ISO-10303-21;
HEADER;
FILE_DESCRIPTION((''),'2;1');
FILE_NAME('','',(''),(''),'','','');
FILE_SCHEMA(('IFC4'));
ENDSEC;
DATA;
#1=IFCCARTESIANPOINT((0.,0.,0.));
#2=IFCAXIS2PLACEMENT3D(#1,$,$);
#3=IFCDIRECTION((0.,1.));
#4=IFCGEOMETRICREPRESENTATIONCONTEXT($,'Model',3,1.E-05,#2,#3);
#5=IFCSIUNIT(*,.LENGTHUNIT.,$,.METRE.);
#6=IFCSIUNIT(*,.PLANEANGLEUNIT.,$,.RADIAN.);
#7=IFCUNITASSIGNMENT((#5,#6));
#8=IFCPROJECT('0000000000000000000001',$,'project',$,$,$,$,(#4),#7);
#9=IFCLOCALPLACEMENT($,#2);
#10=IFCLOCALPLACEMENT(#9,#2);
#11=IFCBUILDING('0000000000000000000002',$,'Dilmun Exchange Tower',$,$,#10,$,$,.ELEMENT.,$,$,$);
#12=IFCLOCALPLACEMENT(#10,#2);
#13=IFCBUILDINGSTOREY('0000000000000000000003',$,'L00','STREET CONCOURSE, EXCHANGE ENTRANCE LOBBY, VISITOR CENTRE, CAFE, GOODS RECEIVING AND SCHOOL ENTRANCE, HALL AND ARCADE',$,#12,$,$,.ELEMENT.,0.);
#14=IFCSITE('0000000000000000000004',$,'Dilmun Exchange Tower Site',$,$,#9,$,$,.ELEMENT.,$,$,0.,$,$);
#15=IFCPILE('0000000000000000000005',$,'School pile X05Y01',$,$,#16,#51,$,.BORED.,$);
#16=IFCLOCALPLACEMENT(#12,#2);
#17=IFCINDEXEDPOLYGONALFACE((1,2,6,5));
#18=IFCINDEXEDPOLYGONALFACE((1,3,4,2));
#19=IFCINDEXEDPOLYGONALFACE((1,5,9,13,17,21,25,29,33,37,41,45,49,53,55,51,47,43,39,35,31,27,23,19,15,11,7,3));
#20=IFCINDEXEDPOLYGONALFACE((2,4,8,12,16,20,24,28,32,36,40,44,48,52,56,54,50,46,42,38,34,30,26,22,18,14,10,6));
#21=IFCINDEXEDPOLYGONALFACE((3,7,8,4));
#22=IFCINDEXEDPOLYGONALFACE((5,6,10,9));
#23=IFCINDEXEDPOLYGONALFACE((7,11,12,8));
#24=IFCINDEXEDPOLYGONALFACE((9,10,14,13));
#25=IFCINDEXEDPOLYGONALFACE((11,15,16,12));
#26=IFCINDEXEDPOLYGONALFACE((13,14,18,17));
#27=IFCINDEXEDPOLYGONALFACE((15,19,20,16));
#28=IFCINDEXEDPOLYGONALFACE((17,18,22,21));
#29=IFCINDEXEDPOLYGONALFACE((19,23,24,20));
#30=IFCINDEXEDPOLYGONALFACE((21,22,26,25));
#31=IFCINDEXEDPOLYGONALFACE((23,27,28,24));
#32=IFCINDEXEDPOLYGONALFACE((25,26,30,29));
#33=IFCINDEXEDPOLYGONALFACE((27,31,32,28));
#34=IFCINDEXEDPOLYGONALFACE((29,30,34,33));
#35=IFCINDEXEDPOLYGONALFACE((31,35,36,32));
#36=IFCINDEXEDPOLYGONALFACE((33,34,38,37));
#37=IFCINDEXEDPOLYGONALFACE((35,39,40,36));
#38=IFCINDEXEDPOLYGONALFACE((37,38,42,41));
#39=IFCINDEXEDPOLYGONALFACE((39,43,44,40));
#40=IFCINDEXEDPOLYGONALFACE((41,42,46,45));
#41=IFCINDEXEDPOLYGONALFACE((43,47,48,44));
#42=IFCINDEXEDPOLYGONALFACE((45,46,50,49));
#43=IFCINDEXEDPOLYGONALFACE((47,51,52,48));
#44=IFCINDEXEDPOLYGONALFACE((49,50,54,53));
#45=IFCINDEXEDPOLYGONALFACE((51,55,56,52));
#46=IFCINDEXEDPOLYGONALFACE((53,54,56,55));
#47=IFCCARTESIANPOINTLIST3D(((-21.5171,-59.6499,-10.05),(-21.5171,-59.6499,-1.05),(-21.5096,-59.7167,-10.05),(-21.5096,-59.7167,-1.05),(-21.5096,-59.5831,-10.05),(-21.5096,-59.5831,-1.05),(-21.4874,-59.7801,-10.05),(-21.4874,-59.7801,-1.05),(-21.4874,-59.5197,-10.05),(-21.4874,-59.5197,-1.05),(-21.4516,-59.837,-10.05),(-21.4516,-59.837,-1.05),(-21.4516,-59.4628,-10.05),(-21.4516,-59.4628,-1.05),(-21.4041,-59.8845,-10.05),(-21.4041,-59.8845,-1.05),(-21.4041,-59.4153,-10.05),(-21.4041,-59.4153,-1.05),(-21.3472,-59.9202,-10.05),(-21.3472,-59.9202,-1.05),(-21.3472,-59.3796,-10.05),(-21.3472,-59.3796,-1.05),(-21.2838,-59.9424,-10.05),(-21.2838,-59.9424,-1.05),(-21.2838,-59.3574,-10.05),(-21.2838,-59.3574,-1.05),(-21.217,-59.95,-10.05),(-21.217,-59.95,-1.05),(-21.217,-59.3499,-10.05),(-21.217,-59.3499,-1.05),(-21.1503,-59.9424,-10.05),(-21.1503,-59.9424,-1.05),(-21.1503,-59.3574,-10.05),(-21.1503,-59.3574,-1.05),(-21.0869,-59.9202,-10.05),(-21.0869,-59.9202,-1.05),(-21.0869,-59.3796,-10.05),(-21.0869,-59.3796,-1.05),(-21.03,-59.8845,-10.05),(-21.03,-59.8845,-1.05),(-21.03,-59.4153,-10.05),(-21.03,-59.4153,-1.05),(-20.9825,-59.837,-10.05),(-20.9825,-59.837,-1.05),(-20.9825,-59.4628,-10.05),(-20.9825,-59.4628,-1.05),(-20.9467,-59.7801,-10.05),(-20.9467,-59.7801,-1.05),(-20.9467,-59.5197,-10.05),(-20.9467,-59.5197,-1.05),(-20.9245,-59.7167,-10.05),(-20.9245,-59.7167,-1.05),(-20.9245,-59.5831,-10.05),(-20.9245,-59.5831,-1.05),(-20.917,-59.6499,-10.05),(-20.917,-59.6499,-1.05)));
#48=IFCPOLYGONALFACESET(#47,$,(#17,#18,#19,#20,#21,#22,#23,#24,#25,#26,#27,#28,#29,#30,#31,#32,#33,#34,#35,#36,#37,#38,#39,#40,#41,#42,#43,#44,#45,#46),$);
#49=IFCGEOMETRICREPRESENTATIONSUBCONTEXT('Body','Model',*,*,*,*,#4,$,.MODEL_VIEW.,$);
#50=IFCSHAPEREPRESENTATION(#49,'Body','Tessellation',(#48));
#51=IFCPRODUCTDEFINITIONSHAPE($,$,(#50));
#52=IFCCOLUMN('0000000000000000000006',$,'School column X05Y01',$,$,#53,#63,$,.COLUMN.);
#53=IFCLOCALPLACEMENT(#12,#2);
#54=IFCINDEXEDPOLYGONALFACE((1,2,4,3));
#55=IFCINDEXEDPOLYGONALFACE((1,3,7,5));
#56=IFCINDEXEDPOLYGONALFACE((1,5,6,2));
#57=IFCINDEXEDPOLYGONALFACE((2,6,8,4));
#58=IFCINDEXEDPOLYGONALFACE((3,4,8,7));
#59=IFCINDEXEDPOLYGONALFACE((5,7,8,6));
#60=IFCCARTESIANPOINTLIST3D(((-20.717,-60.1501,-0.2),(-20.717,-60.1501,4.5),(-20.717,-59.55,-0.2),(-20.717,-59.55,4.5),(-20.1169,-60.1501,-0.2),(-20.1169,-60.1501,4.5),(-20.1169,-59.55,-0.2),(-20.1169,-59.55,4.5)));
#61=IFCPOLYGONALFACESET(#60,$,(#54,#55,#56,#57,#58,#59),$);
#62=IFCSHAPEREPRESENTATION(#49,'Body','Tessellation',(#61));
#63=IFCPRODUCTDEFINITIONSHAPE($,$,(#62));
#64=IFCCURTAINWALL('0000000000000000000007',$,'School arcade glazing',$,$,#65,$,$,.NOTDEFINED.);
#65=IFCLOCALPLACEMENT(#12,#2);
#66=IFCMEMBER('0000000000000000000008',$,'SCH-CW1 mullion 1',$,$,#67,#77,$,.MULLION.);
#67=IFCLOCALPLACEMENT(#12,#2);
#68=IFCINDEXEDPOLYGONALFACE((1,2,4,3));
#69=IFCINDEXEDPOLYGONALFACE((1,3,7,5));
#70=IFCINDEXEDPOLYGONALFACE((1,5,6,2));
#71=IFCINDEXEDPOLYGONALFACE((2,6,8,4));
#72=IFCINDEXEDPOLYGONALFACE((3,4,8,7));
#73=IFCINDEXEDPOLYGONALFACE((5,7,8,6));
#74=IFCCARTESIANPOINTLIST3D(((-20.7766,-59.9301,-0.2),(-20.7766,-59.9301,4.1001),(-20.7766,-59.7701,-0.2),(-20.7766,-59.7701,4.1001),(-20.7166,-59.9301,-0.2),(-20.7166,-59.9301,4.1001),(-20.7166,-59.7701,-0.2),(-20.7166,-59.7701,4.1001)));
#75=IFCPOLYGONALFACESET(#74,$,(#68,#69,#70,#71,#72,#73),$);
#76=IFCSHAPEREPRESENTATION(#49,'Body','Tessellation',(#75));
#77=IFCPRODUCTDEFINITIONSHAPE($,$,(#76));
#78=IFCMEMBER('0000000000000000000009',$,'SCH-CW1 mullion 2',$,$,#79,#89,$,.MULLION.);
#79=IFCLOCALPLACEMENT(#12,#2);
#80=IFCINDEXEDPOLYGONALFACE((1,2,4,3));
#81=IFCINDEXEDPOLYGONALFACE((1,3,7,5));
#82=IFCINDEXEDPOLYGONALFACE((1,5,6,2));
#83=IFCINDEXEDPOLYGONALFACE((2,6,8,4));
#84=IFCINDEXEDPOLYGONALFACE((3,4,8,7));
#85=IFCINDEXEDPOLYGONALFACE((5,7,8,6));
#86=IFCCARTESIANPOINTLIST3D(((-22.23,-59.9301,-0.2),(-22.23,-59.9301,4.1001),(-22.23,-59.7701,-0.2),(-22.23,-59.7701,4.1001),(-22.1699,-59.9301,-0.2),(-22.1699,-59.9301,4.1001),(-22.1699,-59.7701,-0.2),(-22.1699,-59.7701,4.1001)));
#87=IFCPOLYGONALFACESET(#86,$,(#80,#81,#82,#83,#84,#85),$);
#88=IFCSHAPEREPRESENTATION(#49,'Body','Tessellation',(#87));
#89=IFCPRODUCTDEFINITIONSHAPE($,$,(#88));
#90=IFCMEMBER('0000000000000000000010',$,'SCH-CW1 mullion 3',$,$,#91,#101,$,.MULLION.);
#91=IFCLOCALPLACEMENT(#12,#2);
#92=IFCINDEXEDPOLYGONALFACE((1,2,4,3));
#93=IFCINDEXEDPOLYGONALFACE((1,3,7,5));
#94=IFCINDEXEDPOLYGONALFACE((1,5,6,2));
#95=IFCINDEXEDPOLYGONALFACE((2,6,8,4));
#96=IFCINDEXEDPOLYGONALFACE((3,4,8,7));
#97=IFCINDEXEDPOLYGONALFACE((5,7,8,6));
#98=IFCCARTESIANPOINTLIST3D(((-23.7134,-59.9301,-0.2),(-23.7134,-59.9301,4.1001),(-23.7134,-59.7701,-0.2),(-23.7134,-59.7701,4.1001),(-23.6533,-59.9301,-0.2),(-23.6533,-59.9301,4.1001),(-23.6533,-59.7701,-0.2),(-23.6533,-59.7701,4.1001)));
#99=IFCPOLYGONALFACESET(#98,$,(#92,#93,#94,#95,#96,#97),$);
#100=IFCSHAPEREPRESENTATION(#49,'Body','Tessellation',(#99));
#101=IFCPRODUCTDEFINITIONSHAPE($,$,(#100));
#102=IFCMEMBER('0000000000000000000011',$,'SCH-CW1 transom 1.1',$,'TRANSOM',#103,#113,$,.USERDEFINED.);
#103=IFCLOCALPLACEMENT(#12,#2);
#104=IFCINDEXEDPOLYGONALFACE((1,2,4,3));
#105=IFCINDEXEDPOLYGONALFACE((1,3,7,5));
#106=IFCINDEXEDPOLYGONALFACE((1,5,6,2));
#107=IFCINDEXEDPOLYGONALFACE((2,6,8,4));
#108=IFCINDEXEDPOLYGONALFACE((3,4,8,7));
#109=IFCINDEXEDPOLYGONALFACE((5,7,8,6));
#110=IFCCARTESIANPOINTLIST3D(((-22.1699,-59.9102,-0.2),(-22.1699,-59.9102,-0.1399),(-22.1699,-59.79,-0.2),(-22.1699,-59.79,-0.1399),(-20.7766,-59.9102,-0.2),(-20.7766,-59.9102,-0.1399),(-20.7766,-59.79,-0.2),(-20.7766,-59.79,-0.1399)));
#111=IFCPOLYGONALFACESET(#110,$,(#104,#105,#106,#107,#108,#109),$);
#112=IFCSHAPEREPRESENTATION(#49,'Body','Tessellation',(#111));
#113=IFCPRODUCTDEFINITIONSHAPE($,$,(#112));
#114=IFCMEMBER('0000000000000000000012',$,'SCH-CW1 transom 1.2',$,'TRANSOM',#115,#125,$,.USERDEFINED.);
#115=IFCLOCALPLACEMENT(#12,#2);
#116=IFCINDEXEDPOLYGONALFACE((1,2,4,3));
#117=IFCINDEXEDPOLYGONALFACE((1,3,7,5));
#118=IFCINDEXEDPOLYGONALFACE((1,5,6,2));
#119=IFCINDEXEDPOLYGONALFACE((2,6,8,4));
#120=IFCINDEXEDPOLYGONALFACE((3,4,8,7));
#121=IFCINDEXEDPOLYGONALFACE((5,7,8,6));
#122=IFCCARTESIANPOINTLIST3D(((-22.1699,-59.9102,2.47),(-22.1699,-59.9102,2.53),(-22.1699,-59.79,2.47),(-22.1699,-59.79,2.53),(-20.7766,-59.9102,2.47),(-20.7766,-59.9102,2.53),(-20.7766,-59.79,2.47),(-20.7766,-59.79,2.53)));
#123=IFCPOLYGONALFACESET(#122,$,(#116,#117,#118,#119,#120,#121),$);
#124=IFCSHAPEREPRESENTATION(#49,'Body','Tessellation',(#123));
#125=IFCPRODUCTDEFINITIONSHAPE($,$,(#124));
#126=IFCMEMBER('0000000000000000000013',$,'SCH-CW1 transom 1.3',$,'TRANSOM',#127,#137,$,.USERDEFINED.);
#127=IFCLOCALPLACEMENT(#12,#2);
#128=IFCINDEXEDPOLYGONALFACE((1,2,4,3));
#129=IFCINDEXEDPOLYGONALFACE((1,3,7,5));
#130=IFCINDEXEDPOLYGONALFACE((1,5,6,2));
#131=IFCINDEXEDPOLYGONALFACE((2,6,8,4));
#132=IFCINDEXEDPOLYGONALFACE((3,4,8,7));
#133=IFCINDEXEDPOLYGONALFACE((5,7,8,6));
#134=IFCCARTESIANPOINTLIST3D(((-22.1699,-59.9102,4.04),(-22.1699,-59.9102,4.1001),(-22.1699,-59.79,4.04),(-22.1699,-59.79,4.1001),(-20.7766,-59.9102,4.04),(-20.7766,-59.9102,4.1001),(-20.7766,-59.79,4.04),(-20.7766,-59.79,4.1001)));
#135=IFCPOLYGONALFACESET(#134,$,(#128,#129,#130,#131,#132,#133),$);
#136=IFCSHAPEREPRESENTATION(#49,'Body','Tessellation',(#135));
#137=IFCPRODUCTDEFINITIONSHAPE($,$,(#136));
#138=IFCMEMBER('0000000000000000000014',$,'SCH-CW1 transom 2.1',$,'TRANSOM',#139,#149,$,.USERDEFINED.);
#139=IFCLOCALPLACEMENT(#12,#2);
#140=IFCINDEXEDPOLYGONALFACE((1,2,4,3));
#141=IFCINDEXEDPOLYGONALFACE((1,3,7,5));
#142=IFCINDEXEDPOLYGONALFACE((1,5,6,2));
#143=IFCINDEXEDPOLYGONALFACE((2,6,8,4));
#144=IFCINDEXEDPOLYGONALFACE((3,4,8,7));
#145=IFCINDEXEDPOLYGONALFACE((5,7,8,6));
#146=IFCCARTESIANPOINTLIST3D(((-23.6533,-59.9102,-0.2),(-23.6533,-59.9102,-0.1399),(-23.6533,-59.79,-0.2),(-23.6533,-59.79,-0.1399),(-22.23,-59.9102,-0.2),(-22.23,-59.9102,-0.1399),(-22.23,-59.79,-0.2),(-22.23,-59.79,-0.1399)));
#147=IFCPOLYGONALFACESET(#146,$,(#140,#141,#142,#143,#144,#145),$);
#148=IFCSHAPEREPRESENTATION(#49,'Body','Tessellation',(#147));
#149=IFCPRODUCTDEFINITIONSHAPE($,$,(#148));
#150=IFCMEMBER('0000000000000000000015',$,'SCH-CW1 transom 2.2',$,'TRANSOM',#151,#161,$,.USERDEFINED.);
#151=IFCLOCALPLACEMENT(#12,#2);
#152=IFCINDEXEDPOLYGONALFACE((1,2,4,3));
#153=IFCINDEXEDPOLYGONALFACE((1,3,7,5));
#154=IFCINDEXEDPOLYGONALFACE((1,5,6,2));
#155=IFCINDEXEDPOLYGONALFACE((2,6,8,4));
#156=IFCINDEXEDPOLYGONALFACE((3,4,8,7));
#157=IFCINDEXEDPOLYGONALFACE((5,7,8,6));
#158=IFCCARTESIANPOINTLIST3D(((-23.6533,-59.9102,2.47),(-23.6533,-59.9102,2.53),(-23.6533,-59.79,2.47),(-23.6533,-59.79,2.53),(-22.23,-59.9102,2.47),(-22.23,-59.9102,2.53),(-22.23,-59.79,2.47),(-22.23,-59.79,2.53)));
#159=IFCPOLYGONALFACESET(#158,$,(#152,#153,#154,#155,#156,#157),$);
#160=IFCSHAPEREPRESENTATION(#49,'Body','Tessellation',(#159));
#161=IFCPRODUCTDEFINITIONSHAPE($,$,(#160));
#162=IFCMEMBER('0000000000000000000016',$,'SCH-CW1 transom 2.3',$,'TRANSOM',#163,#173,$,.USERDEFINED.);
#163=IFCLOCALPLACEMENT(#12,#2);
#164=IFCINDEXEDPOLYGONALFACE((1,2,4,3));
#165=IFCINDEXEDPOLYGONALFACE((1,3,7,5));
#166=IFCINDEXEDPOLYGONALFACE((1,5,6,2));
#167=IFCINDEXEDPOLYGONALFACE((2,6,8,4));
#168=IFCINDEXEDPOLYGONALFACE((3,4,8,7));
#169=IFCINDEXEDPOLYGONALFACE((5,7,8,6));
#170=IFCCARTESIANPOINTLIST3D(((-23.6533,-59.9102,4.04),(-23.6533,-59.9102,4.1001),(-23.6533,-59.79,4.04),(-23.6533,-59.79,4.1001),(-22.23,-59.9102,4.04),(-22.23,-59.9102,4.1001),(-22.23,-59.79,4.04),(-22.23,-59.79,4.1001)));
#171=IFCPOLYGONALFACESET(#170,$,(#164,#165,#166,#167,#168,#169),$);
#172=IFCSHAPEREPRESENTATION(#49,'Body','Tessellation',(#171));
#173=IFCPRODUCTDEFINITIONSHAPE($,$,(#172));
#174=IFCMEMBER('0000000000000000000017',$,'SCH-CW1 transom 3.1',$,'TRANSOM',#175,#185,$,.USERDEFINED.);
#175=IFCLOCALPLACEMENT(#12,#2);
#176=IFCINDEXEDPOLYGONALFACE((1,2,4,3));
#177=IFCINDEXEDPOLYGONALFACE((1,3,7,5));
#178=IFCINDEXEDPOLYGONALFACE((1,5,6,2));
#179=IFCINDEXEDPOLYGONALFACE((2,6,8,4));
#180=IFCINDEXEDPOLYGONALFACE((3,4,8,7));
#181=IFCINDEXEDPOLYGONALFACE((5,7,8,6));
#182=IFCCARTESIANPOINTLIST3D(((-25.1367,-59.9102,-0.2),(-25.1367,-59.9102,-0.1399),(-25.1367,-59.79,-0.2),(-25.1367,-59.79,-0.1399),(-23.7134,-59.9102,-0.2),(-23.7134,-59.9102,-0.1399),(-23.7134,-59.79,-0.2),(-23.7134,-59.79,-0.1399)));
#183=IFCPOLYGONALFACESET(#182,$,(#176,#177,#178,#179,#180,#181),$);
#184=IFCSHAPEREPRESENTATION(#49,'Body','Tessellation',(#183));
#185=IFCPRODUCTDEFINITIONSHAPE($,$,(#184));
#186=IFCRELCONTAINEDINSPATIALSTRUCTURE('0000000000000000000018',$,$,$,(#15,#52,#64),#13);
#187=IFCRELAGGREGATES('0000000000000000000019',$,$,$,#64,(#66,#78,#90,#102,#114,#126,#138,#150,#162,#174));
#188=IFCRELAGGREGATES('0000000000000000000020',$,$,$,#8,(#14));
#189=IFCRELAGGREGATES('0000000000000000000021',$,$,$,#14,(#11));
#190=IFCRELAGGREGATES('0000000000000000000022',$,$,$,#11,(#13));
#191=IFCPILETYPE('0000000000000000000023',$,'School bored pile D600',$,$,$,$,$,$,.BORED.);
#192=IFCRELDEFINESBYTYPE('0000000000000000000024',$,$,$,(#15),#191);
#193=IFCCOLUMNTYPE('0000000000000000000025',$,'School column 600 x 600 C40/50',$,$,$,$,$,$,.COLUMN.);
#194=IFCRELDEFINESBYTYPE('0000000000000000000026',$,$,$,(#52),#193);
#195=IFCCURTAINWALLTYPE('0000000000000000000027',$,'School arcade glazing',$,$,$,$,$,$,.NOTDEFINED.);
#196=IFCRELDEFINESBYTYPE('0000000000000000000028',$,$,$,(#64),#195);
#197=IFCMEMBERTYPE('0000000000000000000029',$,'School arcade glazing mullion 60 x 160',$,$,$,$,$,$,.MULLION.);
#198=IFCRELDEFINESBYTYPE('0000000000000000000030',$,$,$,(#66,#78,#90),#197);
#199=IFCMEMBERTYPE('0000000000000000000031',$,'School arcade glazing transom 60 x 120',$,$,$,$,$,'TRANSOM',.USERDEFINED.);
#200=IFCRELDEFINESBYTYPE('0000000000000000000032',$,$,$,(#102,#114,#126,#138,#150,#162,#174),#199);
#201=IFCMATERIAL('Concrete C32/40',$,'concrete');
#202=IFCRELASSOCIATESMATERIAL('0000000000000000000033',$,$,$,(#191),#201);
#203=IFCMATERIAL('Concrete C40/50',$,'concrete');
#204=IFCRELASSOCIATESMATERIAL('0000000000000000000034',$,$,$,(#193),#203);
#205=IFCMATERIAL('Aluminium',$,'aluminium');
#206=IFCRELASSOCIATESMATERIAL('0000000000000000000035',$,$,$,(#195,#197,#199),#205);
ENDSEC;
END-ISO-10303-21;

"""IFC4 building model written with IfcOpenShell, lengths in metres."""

from ifc_helpers import new_model, si_unit, direction, frame, origin, origin_2d, place, context, subcontext, project, spatial, rectangle, circle, extrude, material, material_profile, profile_set, type_object, element, aggregate, save


model = new_model("IFC4")

# Units and contexts
model_context = context("Model", 3, precision=1e-05, world=origin(), true_north=direction((0.0, 1.0)))
body_context = subcontext(model_context, "Body", "Model", "MODEL_VIEW")
ifc_project = project(units=[si_unit("LENGTHUNIT", "METRE"), si_unit("PLANEANGLEUNIT", "RADIAN")], contexts=[model_context])

# Site, building, storey
site_placement = place(None, origin())
site = spatial("IfcSite", under=ifc_project, at=site_placement, Name="Dilmun Exchange Tower Site", CompositionType="ELEMENT", RefElevation=0.0)
building_placement = place(site_placement, origin())
building = spatial("IfcBuilding", under=site, at=building_placement, Name="Dilmun Exchange Tower", CompositionType="ELEMENT")
storey_placement = place(building_placement, origin())
storey = spatial("IfcBuildingStorey", under=building, at=storey_placement, Name="L00", Description="STREET CONCOURSE, EXCHANGE ENTRANCE LOBBY, VISITOR CENTRE, CAFE, GOODS RECEIVING AND SCHOOL ENTRANCE, HALL AND ARCADE", CompositionType="ELEMENT", Elevation=0.0)

# Pile
ifc_material_1 = material(Name="Concrete C32/40", Category="concrete")
ifc_material_profile_1 = material_profile(ifc_material_1, circle(Radius=0.3, at=origin_2d()), Name="D600")
ifc_profile_set_1 = profile_set([ifc_material_profile_1], Name="Concrete C32/40")
pile_type = type_object("IfcPileType", Name="School bored pile D600", PredefinedType="BORED", material=ifc_profile_set_1)
pile_placement = place(storey_placement, frame((-21.217, -59.6499, -1.05), z_axis=(0.0, 0.0, -1.0), x_axis=(1.0, 0.0, 0.0)))
element("IfcPile", 1, at=pile_placement, inside=storey, type_object=pile_type, Name="School pile X05Y01", PredefinedType="BORED", context=body_context, shape_type="SweptSolid", body=[
    extrude(circle(Radius=0.3, at=origin_2d()), origin(), (0.0, 0.0, 1.0), 9.0),
])

# Column
ifc_material_2 = material(Name="Concrete C40/50", Category="concrete")
ifc_material_profile_2 = material_profile(ifc_material_2, rectangle(XDim=0.6001, YDim=0.6001, at=origin_2d()), Name="600 x 600")
ifc_profile_set_2 = profile_set([ifc_material_profile_2], Name="Concrete C40/50")
column_type = type_object("IfcColumnType", Name="School column 600 x 600 C40/50", PredefinedType="COLUMN", material=ifc_profile_set_2)
column_placement = place(storey_placement, frame((-20.417, -59.8501, -0.2), z_axis=(0.0, 0.0, 1.0), x_axis=(1.0, 0.0, 0.0)))
element("IfcColumn", 2, at=column_placement, inside=storey, type_object=column_type, Name="School column X05Y01", PredefinedType="COLUMN", context=body_context, shape_type="SweptSolid", body=[
    extrude(rectangle(XDim=0.6001, YDim=0.6001, at=origin_2d()), origin(), (0.0, 0.0, 1.0), 4.7),
])

# Curtain wall, members
ifc_material_3 = material(Name="Aluminium", Category="aluminium")
curtain_wall_type = type_object("IfcCurtainWallType", Name="School arcade glazing", PredefinedType="NOTDEFINED", material=ifc_material_3)
curtain_wall_placement = place(storey_placement, origin())
curtain_wall = element("IfcCurtainWall", 3, at=curtain_wall_placement, inside=storey, type_object=curtain_wall_type, Name="School arcade glazing", PredefinedType="NOTDEFINED")
ifc_material_profile_3 = material_profile(ifc_material_3, rectangle(XDim=0.1599, YDim=0.0601, at=origin_2d()), Name="60 x 160")
ifc_profile_set_3 = profile_set([ifc_material_profile_3], Name="Aluminium")
member_type_1 = type_object("IfcMemberType", Name="School arcade glazing mullion 60 x 160", PredefinedType="MULLION", material=ifc_profile_set_3)
member_1_placement = place(storey_placement, frame((-20.7466, -59.8501, -0.2), z_axis=(0.0, 0.0, 1.0), x_axis=(0.0, -1.0, 0.0)))
member_1 = element("IfcMember", 4, at=member_1_placement, type_object=member_type_1, Name="SCH-CW1 mullion 1", PredefinedType="MULLION", context=body_context, shape_type="SweptSolid", body=[
    extrude(rectangle(XDim=0.1599, YDim=0.0601, at=origin_2d()), origin(), (0.0, 0.0, 1.0), 4.3),
])
member_2_placement = place(storey_placement, frame((-22.2, -59.8501, -0.2), z_axis=(0.0, 0.0, 1.0), x_axis=(0.0, -1.0, 0.0)))
member_2 = element("IfcMember", 5, at=member_2_placement, type_object=member_type_1, Name="SCH-CW1 mullion 2", PredefinedType="MULLION", context=body_context, shape_type="SweptSolid", body=[
    extrude(rectangle(XDim=0.1599, YDim=0.0601, at=origin_2d()), origin(), (0.0, 0.0, 1.0), 4.3),
])
member_3_placement = place(storey_placement, frame((-23.6833, -59.8501, -0.2), z_axis=(0.0, 0.0, 1.0), x_axis=(0.0, -1.0, 0.0)))
member_3 = element("IfcMember", 6, at=member_3_placement, type_object=member_type_1, Name="SCH-CW1 mullion 3", PredefinedType="MULLION", context=body_context, shape_type="SweptSolid", body=[
    extrude(rectangle(XDim=0.1599, YDim=0.0601, at=origin_2d()), origin(), (0.0, 0.0, 1.0), 4.3),
])
ifc_material_profile_4 = material_profile(ifc_material_3, rectangle(XDim=0.1201, YDim=0.0601, at=origin_2d()), Name="60 x 120")
ifc_profile_set_4 = profile_set([ifc_material_profile_4], Name="Aluminium")
member_type_2 = type_object("IfcMemberType", Name="School arcade glazing transom 60 x 120", ElementType="TRANSOM", PredefinedType="USERDEFINED", material=ifc_profile_set_4)
member_4_placement = place(storey_placement, frame((-20.7766, -59.8501, -0.1699), z_axis=(-1.0, 0.0, 0.0), x_axis=(0.0, -1.0, 0.0)))
member_4 = element("IfcMember", 7, at=member_4_placement, type_object=member_type_2, Name="SCH-CW1 transom 1.1", ObjectType="TRANSOM", PredefinedType="USERDEFINED", context=body_context, shape_type="SweptSolid", body=[
    extrude(rectangle(XDim=0.1201, YDim=0.0601, at=origin_2d()), origin(), (0.0, 0.0, 1.0), 1.3933),
])
member_5_placement = place(storey_placement, frame((-20.7766, -59.8501, 2.5), z_axis=(-1.0, 0.0, 0.0), x_axis=(0.0, -1.0, 0.0)))
member_5 = element("IfcMember", 8, at=member_5_placement, type_object=member_type_2, Name="SCH-CW1 transom 1.2", ObjectType="TRANSOM", PredefinedType="USERDEFINED", context=body_context, shape_type="SweptSolid", body=[
    extrude(rectangle(XDim=0.1201, YDim=0.0601, at=origin_2d()), origin(), (0.0, 0.0, 1.0), 1.3933),
])
member_6_placement = place(storey_placement, frame((-20.7766, -59.8501, 4.0701), z_axis=(-1.0, 0.0, 0.0), x_axis=(0.0, -1.0, 0.0)))
member_6 = element("IfcMember", 9, at=member_6_placement, type_object=member_type_2, Name="SCH-CW1 transom 1.3", ObjectType="TRANSOM", PredefinedType="USERDEFINED", context=body_context, shape_type="SweptSolid", body=[
    extrude(rectangle(XDim=0.1201, YDim=0.0601, at=origin_2d()), origin(), (0.0, 0.0, 1.0), 1.3933),
])
member_7_placement = place(storey_placement, frame((-22.23, -59.8501, -0.1699), z_axis=(-1.0, 0.0, 0.0), x_axis=(0.0, -1.0, 0.0)))
member_7 = element("IfcMember", 10, at=member_7_placement, type_object=member_type_2, Name="SCH-CW1 transom 2.1", ObjectType="TRANSOM", PredefinedType="USERDEFINED", context=body_context, shape_type="SweptSolid", body=[
    extrude(rectangle(XDim=0.1201, YDim=0.0601, at=origin_2d()), origin(), (0.0, 0.0, 1.0), 1.4233),
])
member_8_placement = place(storey_placement, frame((-22.23, -59.8501, 2.5), z_axis=(-1.0, 0.0, 0.0), x_axis=(0.0, -1.0, 0.0)))
member_8 = element("IfcMember", 11, at=member_8_placement, type_object=member_type_2, Name="SCH-CW1 transom 2.2", ObjectType="TRANSOM", PredefinedType="USERDEFINED", context=body_context, shape_type="SweptSolid", body=[
    extrude(rectangle(XDim=0.1201, YDim=0.0601, at=origin_2d()), origin(), (0.0, 0.0, 1.0), 1.4233),
])
member_9_placement = place(storey_placement, frame((-22.23, -59.8501, 4.0701), z_axis=(-1.0, 0.0, 0.0), x_axis=(0.0, -1.0, 0.0)))
member_9 = element("IfcMember", 12, at=member_9_placement, type_object=member_type_2, Name="SCH-CW1 transom 2.3", ObjectType="TRANSOM", PredefinedType="USERDEFINED", context=body_context, shape_type="SweptSolid", body=[
    extrude(rectangle(XDim=0.1201, YDim=0.0601, at=origin_2d()), origin(), (0.0, 0.0, 1.0), 1.4233),
])
member_10_placement = place(storey_placement, frame((-23.7134, -59.8501, -0.1699), z_axis=(-1.0, 0.0, 0.0), x_axis=(0.0, -1.0, 0.0)))
member_10 = element("IfcMember", 13, at=member_10_placement, type_object=member_type_2, Name="SCH-CW1 transom 3.1", ObjectType="TRANSOM", PredefinedType="USERDEFINED", context=body_context, shape_type="SweptSolid", body=[
    extrude(rectangle(XDim=0.1201, YDim=0.0601, at=origin_2d()), origin(), (0.0, 0.0, 1.0), 1.4233),
])
aggregate(curtain_wall, [member_1, member_2, member_3, member_4, member_5, member_6, member_7, member_8, member_9, member_10])

save(model, "model.ifc")
